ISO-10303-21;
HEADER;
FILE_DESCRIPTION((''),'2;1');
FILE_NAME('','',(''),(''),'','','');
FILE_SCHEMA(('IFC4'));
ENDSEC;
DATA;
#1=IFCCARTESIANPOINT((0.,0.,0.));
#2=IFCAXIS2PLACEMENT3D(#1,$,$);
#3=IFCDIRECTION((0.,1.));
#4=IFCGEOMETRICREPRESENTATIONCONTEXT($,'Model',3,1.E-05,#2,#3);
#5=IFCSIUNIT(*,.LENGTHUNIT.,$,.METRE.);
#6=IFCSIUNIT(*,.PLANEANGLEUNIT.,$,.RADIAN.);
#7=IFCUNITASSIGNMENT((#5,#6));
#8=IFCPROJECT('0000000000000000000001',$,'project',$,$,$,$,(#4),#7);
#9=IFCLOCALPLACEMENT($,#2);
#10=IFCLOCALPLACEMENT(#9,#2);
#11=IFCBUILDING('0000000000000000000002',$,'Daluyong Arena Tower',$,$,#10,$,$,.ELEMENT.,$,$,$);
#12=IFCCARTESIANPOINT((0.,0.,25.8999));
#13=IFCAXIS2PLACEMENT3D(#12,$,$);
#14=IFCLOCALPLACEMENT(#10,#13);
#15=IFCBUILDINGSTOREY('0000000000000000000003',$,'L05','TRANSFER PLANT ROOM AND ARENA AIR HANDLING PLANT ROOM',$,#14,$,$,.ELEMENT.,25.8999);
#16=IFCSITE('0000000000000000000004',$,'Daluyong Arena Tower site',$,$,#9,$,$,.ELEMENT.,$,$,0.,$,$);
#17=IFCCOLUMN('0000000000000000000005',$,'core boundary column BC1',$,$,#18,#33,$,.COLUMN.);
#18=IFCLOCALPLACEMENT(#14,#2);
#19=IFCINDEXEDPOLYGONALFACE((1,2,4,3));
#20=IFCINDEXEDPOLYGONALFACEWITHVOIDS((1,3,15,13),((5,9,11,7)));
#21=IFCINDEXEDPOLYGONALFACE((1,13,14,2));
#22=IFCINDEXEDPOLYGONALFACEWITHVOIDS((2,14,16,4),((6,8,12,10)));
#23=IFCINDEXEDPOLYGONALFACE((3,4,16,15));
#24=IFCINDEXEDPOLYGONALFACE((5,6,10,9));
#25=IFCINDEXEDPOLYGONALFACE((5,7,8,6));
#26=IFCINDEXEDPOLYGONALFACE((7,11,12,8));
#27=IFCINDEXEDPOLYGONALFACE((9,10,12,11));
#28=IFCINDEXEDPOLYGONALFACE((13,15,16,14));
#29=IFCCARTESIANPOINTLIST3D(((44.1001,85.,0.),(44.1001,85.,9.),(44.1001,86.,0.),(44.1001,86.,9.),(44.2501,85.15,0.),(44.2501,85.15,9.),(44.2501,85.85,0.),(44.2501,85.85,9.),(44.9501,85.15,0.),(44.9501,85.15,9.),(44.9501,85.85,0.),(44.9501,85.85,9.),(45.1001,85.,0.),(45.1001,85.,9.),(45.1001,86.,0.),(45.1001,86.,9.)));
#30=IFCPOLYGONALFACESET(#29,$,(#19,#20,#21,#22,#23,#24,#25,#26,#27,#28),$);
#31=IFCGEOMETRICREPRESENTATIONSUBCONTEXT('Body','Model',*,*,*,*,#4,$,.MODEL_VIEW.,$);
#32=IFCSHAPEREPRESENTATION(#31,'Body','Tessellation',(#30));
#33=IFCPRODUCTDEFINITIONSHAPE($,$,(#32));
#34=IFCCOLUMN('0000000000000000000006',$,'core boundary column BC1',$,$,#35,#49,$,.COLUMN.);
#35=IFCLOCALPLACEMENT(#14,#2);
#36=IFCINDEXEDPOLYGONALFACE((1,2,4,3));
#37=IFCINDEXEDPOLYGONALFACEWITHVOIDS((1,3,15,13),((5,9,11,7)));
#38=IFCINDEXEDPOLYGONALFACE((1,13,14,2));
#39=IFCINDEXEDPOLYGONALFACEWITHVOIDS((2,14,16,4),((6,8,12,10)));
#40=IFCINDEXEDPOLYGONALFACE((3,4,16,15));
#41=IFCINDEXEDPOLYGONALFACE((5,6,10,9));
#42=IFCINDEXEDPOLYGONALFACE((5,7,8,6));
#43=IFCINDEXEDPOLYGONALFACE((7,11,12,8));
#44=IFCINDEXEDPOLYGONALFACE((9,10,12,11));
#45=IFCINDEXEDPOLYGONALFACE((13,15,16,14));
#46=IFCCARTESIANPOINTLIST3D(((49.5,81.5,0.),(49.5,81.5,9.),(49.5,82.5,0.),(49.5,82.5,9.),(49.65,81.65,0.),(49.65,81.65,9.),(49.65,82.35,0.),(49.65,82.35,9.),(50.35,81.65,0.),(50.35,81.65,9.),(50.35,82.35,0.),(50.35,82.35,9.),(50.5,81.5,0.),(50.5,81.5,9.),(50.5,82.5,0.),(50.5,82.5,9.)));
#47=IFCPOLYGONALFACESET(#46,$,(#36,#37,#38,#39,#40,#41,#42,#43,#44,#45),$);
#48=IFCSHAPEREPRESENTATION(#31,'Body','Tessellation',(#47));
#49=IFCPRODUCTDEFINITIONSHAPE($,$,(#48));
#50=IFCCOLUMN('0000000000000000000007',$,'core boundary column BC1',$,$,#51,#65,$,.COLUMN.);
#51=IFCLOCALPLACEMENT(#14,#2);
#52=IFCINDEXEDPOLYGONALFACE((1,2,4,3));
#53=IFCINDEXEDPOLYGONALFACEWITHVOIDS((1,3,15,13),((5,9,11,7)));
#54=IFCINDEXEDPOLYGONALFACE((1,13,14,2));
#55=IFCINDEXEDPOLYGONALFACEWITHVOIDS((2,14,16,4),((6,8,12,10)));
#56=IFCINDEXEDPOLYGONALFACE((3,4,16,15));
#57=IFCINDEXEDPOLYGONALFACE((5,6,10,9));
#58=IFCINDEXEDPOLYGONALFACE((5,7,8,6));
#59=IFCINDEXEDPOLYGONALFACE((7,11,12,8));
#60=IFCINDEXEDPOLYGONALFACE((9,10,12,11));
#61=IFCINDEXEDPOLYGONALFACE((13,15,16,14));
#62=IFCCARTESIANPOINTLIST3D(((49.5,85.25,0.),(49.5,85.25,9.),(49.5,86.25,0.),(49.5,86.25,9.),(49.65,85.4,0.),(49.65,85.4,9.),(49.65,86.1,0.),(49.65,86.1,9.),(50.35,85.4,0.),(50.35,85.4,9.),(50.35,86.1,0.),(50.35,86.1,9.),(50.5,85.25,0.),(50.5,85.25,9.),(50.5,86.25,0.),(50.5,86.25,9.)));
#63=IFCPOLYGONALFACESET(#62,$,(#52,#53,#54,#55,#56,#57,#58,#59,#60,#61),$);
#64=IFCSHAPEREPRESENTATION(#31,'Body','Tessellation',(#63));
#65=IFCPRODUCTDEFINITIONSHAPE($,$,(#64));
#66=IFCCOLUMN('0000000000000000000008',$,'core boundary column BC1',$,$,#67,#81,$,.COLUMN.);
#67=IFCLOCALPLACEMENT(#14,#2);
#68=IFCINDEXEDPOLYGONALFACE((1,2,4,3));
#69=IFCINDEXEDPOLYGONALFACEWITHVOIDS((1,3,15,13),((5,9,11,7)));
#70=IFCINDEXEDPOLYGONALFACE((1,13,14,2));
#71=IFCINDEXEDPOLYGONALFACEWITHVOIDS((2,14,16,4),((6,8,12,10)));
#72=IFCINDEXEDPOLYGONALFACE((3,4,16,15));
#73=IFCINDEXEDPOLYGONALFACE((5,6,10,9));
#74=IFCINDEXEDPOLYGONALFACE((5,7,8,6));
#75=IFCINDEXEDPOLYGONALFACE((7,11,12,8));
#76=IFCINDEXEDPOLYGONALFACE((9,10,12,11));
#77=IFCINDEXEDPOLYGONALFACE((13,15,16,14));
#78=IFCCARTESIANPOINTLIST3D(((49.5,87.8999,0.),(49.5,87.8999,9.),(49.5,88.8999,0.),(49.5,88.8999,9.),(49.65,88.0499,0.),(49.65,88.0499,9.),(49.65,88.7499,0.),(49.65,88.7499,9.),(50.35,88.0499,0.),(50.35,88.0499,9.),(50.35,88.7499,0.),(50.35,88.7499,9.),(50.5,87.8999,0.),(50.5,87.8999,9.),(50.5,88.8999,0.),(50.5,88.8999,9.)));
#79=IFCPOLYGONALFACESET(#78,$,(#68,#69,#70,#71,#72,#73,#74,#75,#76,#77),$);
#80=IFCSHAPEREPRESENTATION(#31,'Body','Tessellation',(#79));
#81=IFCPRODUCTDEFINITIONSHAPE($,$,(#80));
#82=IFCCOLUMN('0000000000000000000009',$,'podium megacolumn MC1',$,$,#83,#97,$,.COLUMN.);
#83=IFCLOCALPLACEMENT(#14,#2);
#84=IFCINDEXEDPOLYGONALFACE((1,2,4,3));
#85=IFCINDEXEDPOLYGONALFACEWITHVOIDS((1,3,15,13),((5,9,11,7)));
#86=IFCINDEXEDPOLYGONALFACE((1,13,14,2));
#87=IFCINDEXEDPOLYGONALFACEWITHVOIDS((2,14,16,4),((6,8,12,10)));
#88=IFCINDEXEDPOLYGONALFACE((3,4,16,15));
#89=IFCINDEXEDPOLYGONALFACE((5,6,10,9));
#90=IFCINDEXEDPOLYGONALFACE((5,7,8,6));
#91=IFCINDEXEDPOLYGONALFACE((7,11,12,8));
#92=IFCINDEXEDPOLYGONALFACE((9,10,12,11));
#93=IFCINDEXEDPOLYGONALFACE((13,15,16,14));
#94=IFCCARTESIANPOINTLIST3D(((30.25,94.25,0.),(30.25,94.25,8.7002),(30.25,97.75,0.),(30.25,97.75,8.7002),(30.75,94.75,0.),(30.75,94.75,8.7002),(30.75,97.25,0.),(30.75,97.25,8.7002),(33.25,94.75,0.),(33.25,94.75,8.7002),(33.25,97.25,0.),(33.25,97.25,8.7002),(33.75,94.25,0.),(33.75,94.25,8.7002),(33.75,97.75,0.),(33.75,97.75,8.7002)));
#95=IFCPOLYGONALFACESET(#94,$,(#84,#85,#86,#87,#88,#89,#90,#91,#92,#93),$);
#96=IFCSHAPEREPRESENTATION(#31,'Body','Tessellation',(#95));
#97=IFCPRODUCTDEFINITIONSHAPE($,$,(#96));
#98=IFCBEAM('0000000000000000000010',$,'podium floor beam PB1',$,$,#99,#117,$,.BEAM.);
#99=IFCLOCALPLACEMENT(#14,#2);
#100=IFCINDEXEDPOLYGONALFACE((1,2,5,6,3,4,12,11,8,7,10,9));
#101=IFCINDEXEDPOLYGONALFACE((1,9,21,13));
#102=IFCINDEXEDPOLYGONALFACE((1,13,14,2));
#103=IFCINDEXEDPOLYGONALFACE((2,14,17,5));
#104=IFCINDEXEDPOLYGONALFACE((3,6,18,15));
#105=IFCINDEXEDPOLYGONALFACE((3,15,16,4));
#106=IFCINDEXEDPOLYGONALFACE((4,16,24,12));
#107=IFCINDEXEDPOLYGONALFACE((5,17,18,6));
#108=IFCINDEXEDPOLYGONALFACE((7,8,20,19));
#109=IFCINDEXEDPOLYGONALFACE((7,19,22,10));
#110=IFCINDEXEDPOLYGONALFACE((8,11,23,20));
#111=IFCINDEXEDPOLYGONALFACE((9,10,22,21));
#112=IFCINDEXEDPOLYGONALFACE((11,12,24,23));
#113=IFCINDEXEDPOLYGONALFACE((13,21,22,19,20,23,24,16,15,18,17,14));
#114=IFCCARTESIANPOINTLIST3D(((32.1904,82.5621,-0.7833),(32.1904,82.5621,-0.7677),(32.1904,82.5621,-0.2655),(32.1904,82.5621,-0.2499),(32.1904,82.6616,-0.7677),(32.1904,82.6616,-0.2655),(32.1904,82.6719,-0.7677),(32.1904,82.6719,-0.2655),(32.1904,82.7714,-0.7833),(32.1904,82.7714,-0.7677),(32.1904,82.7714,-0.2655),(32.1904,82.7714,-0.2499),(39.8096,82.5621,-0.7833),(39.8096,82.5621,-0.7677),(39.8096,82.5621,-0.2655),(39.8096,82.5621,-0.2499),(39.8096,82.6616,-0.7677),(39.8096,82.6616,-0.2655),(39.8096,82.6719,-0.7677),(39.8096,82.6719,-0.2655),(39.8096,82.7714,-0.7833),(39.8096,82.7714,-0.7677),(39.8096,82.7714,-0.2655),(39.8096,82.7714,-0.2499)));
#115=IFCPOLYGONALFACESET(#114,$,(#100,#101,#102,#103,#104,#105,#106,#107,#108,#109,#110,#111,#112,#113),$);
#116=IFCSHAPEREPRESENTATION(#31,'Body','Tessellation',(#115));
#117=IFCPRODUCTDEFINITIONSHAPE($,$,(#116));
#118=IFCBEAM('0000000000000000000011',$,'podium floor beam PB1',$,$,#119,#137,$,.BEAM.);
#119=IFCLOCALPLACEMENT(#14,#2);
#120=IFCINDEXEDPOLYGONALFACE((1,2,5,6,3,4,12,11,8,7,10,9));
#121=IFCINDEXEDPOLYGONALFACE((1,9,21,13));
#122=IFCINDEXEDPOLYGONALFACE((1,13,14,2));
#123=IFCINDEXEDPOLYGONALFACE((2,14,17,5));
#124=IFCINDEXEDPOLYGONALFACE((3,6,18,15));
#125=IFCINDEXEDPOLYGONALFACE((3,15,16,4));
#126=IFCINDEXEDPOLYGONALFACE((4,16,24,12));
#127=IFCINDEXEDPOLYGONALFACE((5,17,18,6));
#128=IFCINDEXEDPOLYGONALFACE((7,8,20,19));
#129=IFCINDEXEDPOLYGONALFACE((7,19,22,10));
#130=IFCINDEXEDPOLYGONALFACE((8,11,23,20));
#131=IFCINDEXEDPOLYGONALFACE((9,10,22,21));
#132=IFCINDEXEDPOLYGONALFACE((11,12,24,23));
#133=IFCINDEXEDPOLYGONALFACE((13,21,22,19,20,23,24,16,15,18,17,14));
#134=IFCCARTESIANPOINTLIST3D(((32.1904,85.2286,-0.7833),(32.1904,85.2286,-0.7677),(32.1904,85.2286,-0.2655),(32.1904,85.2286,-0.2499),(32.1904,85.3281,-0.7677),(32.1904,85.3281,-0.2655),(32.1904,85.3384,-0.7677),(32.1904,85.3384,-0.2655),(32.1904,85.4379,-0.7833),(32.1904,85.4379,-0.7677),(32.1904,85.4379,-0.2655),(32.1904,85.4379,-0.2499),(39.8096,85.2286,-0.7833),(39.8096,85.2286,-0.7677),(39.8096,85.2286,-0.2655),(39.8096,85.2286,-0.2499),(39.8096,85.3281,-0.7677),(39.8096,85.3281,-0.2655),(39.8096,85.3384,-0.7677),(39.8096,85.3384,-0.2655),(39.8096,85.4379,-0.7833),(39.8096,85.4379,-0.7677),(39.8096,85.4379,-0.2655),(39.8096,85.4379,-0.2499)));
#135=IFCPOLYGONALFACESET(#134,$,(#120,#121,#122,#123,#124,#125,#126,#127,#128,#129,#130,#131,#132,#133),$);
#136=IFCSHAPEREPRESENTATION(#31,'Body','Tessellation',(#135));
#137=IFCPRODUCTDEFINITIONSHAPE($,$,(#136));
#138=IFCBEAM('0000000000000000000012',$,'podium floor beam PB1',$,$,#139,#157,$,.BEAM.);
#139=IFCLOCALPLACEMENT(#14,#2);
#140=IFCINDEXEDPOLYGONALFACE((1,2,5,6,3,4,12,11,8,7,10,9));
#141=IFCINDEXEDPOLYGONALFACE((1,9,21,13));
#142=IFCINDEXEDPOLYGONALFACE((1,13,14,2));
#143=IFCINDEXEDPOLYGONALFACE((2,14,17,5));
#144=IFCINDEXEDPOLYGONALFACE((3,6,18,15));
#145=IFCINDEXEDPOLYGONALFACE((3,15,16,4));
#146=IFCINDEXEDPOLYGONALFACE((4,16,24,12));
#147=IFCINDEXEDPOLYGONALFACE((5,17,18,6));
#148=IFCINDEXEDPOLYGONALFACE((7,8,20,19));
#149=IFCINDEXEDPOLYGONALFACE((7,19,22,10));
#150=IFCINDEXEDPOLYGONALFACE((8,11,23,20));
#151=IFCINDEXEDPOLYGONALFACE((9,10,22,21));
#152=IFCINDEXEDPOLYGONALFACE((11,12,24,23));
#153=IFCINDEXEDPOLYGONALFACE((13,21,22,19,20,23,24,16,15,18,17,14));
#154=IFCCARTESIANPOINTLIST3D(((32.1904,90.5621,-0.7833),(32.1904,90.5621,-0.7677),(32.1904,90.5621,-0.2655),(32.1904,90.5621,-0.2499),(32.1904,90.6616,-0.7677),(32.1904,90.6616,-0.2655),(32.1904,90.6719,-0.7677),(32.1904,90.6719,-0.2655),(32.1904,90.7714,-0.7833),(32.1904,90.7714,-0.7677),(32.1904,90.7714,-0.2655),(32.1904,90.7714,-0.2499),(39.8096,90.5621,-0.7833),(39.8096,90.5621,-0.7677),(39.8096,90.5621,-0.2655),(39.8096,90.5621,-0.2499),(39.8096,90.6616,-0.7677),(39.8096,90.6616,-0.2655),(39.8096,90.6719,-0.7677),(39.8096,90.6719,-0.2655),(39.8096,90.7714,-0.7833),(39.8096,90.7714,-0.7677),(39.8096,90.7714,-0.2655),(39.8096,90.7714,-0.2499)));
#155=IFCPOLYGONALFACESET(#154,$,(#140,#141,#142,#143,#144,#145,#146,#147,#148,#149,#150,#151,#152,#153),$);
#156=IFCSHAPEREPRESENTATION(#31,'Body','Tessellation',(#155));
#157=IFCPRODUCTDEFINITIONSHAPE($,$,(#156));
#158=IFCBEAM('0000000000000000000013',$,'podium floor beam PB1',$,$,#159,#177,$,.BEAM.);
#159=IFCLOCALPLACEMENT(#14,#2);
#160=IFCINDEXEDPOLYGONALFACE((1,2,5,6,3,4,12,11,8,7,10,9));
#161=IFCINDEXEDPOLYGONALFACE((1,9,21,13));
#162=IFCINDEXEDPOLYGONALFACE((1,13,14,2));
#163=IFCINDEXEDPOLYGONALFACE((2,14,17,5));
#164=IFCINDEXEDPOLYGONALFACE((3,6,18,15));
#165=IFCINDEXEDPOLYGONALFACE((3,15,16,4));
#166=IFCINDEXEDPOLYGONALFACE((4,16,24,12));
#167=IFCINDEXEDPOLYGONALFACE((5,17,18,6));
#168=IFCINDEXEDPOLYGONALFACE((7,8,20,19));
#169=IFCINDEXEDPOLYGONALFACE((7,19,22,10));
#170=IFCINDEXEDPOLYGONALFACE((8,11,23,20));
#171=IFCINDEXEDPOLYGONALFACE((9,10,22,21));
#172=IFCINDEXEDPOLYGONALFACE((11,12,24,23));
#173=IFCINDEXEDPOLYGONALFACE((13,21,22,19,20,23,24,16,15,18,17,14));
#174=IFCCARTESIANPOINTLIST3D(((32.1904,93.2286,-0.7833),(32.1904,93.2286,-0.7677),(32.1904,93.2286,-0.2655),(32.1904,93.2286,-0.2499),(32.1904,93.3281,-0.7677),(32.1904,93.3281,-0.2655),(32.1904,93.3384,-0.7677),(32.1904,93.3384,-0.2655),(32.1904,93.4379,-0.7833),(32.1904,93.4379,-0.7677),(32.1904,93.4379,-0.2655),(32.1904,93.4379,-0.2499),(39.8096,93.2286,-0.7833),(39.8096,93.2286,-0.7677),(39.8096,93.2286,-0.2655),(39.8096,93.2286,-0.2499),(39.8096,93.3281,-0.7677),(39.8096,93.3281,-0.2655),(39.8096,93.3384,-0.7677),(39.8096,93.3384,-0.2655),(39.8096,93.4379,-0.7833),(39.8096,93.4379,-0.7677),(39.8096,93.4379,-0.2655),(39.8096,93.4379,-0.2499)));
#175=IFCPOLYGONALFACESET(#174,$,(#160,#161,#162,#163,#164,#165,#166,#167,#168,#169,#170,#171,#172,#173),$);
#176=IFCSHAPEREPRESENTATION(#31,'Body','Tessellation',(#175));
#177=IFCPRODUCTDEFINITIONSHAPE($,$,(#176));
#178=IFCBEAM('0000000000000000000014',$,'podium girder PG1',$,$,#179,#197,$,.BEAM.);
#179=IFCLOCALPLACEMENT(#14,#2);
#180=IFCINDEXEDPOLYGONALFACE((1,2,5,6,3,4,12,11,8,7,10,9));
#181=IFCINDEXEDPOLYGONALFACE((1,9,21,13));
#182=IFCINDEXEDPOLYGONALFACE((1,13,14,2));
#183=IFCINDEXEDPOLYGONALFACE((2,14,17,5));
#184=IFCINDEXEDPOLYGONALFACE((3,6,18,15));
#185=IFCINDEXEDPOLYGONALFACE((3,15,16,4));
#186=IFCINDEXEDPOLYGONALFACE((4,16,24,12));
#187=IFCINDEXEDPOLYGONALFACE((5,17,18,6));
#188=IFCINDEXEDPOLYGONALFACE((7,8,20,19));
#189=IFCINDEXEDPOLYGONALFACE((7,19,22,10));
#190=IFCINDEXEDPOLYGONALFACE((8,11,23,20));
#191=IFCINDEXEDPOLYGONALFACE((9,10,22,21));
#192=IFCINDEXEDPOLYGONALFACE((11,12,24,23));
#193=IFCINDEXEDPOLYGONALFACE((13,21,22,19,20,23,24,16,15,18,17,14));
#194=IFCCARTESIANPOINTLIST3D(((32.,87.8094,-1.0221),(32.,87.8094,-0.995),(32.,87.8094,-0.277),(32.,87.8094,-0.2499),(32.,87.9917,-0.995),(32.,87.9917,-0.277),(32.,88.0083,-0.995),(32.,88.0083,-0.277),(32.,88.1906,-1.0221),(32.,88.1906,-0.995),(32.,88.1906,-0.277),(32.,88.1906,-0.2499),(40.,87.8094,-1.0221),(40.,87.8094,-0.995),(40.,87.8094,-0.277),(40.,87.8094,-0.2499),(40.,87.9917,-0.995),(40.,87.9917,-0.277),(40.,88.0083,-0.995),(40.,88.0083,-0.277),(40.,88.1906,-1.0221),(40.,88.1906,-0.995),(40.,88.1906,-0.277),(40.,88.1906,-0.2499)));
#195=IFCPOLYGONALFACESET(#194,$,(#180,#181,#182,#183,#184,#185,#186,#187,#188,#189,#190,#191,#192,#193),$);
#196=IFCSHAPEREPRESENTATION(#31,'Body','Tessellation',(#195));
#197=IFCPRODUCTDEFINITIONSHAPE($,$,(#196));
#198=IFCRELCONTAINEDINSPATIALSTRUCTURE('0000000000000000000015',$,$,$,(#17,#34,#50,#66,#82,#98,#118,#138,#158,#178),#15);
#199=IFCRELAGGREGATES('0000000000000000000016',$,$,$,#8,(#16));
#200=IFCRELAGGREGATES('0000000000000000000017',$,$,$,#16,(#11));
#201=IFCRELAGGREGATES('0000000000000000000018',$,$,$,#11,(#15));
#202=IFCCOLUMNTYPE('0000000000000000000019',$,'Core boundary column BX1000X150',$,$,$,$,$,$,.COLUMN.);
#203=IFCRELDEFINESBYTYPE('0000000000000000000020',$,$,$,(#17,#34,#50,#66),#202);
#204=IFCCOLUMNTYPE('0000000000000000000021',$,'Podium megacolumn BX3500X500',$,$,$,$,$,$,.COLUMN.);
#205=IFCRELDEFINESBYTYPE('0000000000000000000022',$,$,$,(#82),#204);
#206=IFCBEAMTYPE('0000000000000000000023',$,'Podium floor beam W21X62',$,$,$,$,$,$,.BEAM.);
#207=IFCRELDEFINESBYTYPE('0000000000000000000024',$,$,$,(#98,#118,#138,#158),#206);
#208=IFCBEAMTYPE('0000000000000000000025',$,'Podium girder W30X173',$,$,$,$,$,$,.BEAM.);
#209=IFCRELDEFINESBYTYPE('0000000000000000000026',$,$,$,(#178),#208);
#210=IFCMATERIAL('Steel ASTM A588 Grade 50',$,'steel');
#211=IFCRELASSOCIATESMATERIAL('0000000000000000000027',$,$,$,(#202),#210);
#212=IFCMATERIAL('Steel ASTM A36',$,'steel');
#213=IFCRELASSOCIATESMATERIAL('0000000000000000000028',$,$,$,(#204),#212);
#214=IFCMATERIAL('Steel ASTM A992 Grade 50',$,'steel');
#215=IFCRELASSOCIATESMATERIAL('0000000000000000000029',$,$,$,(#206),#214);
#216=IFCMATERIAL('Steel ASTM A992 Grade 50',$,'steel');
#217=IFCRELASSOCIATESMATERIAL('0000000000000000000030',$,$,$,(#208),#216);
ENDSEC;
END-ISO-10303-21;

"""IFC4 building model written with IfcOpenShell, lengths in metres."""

from ifc_helpers import new_model, si_unit, direction, frame, origin, origin_2d, place, context, subcontext, project, spatial, hollow_rectangle, i_section, extrude, material, material_profile, profile_set, type_object, element, save


model = new_model("IFC4")

# Units and contexts
model_context = context("Model", 3, precision=1e-05, world=origin(), true_north=direction((0.0, 1.0)))
body_context = subcontext(model_context, "Body", "Model", "MODEL_VIEW")
ifc_project = project(units=[si_unit("LENGTHUNIT", "METRE"), si_unit("PLANEANGLEUNIT", "RADIAN")], contexts=[model_context])

# Site, building, storey
site_placement = place(None, origin())
site = spatial("IfcSite", under=ifc_project, at=site_placement, Name="Daluyong Arena Tower site", CompositionType="ELEMENT", RefElevation=0.0)
building_placement = place(site_placement, origin())
building = spatial("IfcBuilding", under=site, at=building_placement, Name="Daluyong Arena Tower", CompositionType="ELEMENT")
storey_placement = place(building_placement, frame((0.0, 0.0, 25.8999)))
storey = spatial("IfcBuildingStorey", under=building, at=storey_placement, Name="L05", Description="TRANSFER PLANT ROOM AND ARENA AIR HANDLING PLANT ROOM", CompositionType="ELEMENT", Elevation=25.8999)

# Columns
ifc_material_1 = material(Name="Steel ASTM A588 Grade 50", Category="steel")
ifc_material_profile_1 = material_profile(ifc_material_1, hollow_rectangle(XDim=1.0, YDim=1.0, WallThickness=0.15, at=origin_2d()))
ifc_profile_set_1 = profile_set([ifc_material_profile_1], Name="Steel ASTM A588 Grade 50")
column_type_1 = type_object("IfcColumnType", Name="Core boundary column BX1000X150", PredefinedType="COLUMN", material=ifc_profile_set_1)
for number, where, z_axis, x_axis, name in (
    (1, (44.6001, 85.5, 0.0), (0.0, 0.0, 1.0), (1.0, 0.0, 0.0), "core boundary column BC1"),
    (2, (50.0, 82.0, 0.0), (0.0, 0.0, 1.0), (1.0, 0.0, 0.0), "core boundary column BC1"),
    (3, (50.0, 85.75, 0.0), (0.0, 0.0, 1.0), (1.0, 0.0, 0.0), "core boundary column BC1"),
    (4, (50.0, 88.3999, 0.0), (0.0, 0.0, 1.0), (1.0, 0.0, 0.0), "core boundary column BC1"),
):
    element("IfcColumn", number, at=place(storey_placement, frame(where, z_axis=z_axis, x_axis=x_axis)), inside=storey, type_object=column_type_1, Name=name, PredefinedType="COLUMN", context=body_context, shape_type="SweptSolid", body=[
        extrude(hollow_rectangle(XDim=1.0, YDim=1.0, WallThickness=0.15, at=origin_2d()), origin(), (0.0, 0.0, 1.0), 9.0),
    ])
ifc_material_2 = material(Name="Steel ASTM A36", Category="steel")
ifc_material_profile_2 = material_profile(ifc_material_2, hollow_rectangle(XDim=3.5, YDim=3.5, WallThickness=0.5, at=origin_2d()))
ifc_profile_set_2 = profile_set([ifc_material_profile_2], Name="Steel ASTM A36")
column_type_2 = type_object("IfcColumnType", Name="Podium megacolumn BX3500X500", PredefinedType="COLUMN", material=ifc_profile_set_2)
column_placement = place(storey_placement, frame((32.0, 96.0, 0.0), z_axis=(0.0, 0.0, 1.0), x_axis=(1.0, 0.0, 0.0)))
element("IfcColumn", 5, at=column_placement, inside=storey, type_object=column_type_2, Name="podium megacolumn MC1", PredefinedType="COLUMN", context=body_context, shape_type="SweptSolid", body=[
    extrude(hollow_rectangle(XDim=3.5, YDim=3.5, WallThickness=0.5, at=origin_2d()), origin(), (0.0, 0.0, 1.0), 8.7002),
])

# Beams
ifc_material_3 = material(Name="Steel ASTM A992 Grade 50", Category="steel")
ifc_material_profile_3 = material_profile(ifc_material_3, i_section(OverallWidth=0.2092, OverallDepth=0.5334, WebThickness=0.0103, FlangeThickness=0.0156, at=origin_2d()))
ifc_profile_set_3 = profile_set([ifc_material_profile_3], Name="Steel ASTM A992 Grade 50")
beam_type_1 = type_object("IfcBeamType", Name="Podium floor beam W21X62", PredefinedType="BEAM", material=ifc_profile_set_3)
for number, where, z_axis, x_axis, name in (
    (6, (32.1904, 82.6667, -0.5166), (1.0, 0.0, 0.0), (0.0, 1.0, 0.0), "podium floor beam PB1"),
    (7, (32.1904, 85.3333, -0.5166), (1.0, 0.0, 0.0), (0.0, 1.0, 0.0), "podium floor beam PB1"),
    (8, (32.1904, 90.6667, -0.5166), (1.0, 0.0, 0.0), (0.0, 1.0, 0.0), "podium floor beam PB1"),
    (9, (32.1904, 93.3333, -0.5166), (1.0, 0.0, 0.0), (0.0, 1.0, 0.0), "podium floor beam PB1"),
):
    element("IfcBeam", number, at=place(storey_placement, frame(where, z_axis=z_axis, x_axis=x_axis)), inside=storey, type_object=beam_type_1, Name=name, PredefinedType="BEAM", context=body_context, shape_type="SweptSolid", body=[
        extrude(i_section(OverallWidth=0.2092, OverallDepth=0.5334, WebThickness=0.0103, FlangeThickness=0.0156, at=origin_2d()), origin(), (0.0, 0.0, 1.0), 7.6191),
    ])
ifc_material_4 = material(Name="Steel ASTM A992 Grade 50", Category="steel")
ifc_material_profile_4 = material_profile(ifc_material_4, i_section(OverallWidth=0.3811, OverallDepth=0.7722, WebThickness=0.0166, FlangeThickness=0.0271, at=origin_2d()))
ifc_profile_set_4 = profile_set([ifc_material_profile_4], Name="Steel ASTM A992 Grade 50")
beam_type_2 = type_object("IfcBeamType", Name="Podium girder W30X173", PredefinedType="BEAM", material=ifc_profile_set_4)
for number, where, z_axis, x_axis, name in (
    (10, (32.0, 88.0, -0.636), (1.0, 0.0, 0.0), (0.0, 1.0, 0.0), "podium girder PG1"),
):
    element("IfcBeam", number, at=place(storey_placement, frame(where, z_axis=z_axis, x_axis=x_axis)), inside=storey, type_object=beam_type_2, Name=name, PredefinedType="BEAM", context=body_context, shape_type="SweptSolid", body=[
        extrude(i_section(OverallWidth=0.3811, OverallDepth=0.7722, WebThickness=0.0166, FlangeThickness=0.0271, at=origin_2d()), origin(), (0.0, 0.0, 1.0), 8.0),
    ])

save(model, "model.ifc")
